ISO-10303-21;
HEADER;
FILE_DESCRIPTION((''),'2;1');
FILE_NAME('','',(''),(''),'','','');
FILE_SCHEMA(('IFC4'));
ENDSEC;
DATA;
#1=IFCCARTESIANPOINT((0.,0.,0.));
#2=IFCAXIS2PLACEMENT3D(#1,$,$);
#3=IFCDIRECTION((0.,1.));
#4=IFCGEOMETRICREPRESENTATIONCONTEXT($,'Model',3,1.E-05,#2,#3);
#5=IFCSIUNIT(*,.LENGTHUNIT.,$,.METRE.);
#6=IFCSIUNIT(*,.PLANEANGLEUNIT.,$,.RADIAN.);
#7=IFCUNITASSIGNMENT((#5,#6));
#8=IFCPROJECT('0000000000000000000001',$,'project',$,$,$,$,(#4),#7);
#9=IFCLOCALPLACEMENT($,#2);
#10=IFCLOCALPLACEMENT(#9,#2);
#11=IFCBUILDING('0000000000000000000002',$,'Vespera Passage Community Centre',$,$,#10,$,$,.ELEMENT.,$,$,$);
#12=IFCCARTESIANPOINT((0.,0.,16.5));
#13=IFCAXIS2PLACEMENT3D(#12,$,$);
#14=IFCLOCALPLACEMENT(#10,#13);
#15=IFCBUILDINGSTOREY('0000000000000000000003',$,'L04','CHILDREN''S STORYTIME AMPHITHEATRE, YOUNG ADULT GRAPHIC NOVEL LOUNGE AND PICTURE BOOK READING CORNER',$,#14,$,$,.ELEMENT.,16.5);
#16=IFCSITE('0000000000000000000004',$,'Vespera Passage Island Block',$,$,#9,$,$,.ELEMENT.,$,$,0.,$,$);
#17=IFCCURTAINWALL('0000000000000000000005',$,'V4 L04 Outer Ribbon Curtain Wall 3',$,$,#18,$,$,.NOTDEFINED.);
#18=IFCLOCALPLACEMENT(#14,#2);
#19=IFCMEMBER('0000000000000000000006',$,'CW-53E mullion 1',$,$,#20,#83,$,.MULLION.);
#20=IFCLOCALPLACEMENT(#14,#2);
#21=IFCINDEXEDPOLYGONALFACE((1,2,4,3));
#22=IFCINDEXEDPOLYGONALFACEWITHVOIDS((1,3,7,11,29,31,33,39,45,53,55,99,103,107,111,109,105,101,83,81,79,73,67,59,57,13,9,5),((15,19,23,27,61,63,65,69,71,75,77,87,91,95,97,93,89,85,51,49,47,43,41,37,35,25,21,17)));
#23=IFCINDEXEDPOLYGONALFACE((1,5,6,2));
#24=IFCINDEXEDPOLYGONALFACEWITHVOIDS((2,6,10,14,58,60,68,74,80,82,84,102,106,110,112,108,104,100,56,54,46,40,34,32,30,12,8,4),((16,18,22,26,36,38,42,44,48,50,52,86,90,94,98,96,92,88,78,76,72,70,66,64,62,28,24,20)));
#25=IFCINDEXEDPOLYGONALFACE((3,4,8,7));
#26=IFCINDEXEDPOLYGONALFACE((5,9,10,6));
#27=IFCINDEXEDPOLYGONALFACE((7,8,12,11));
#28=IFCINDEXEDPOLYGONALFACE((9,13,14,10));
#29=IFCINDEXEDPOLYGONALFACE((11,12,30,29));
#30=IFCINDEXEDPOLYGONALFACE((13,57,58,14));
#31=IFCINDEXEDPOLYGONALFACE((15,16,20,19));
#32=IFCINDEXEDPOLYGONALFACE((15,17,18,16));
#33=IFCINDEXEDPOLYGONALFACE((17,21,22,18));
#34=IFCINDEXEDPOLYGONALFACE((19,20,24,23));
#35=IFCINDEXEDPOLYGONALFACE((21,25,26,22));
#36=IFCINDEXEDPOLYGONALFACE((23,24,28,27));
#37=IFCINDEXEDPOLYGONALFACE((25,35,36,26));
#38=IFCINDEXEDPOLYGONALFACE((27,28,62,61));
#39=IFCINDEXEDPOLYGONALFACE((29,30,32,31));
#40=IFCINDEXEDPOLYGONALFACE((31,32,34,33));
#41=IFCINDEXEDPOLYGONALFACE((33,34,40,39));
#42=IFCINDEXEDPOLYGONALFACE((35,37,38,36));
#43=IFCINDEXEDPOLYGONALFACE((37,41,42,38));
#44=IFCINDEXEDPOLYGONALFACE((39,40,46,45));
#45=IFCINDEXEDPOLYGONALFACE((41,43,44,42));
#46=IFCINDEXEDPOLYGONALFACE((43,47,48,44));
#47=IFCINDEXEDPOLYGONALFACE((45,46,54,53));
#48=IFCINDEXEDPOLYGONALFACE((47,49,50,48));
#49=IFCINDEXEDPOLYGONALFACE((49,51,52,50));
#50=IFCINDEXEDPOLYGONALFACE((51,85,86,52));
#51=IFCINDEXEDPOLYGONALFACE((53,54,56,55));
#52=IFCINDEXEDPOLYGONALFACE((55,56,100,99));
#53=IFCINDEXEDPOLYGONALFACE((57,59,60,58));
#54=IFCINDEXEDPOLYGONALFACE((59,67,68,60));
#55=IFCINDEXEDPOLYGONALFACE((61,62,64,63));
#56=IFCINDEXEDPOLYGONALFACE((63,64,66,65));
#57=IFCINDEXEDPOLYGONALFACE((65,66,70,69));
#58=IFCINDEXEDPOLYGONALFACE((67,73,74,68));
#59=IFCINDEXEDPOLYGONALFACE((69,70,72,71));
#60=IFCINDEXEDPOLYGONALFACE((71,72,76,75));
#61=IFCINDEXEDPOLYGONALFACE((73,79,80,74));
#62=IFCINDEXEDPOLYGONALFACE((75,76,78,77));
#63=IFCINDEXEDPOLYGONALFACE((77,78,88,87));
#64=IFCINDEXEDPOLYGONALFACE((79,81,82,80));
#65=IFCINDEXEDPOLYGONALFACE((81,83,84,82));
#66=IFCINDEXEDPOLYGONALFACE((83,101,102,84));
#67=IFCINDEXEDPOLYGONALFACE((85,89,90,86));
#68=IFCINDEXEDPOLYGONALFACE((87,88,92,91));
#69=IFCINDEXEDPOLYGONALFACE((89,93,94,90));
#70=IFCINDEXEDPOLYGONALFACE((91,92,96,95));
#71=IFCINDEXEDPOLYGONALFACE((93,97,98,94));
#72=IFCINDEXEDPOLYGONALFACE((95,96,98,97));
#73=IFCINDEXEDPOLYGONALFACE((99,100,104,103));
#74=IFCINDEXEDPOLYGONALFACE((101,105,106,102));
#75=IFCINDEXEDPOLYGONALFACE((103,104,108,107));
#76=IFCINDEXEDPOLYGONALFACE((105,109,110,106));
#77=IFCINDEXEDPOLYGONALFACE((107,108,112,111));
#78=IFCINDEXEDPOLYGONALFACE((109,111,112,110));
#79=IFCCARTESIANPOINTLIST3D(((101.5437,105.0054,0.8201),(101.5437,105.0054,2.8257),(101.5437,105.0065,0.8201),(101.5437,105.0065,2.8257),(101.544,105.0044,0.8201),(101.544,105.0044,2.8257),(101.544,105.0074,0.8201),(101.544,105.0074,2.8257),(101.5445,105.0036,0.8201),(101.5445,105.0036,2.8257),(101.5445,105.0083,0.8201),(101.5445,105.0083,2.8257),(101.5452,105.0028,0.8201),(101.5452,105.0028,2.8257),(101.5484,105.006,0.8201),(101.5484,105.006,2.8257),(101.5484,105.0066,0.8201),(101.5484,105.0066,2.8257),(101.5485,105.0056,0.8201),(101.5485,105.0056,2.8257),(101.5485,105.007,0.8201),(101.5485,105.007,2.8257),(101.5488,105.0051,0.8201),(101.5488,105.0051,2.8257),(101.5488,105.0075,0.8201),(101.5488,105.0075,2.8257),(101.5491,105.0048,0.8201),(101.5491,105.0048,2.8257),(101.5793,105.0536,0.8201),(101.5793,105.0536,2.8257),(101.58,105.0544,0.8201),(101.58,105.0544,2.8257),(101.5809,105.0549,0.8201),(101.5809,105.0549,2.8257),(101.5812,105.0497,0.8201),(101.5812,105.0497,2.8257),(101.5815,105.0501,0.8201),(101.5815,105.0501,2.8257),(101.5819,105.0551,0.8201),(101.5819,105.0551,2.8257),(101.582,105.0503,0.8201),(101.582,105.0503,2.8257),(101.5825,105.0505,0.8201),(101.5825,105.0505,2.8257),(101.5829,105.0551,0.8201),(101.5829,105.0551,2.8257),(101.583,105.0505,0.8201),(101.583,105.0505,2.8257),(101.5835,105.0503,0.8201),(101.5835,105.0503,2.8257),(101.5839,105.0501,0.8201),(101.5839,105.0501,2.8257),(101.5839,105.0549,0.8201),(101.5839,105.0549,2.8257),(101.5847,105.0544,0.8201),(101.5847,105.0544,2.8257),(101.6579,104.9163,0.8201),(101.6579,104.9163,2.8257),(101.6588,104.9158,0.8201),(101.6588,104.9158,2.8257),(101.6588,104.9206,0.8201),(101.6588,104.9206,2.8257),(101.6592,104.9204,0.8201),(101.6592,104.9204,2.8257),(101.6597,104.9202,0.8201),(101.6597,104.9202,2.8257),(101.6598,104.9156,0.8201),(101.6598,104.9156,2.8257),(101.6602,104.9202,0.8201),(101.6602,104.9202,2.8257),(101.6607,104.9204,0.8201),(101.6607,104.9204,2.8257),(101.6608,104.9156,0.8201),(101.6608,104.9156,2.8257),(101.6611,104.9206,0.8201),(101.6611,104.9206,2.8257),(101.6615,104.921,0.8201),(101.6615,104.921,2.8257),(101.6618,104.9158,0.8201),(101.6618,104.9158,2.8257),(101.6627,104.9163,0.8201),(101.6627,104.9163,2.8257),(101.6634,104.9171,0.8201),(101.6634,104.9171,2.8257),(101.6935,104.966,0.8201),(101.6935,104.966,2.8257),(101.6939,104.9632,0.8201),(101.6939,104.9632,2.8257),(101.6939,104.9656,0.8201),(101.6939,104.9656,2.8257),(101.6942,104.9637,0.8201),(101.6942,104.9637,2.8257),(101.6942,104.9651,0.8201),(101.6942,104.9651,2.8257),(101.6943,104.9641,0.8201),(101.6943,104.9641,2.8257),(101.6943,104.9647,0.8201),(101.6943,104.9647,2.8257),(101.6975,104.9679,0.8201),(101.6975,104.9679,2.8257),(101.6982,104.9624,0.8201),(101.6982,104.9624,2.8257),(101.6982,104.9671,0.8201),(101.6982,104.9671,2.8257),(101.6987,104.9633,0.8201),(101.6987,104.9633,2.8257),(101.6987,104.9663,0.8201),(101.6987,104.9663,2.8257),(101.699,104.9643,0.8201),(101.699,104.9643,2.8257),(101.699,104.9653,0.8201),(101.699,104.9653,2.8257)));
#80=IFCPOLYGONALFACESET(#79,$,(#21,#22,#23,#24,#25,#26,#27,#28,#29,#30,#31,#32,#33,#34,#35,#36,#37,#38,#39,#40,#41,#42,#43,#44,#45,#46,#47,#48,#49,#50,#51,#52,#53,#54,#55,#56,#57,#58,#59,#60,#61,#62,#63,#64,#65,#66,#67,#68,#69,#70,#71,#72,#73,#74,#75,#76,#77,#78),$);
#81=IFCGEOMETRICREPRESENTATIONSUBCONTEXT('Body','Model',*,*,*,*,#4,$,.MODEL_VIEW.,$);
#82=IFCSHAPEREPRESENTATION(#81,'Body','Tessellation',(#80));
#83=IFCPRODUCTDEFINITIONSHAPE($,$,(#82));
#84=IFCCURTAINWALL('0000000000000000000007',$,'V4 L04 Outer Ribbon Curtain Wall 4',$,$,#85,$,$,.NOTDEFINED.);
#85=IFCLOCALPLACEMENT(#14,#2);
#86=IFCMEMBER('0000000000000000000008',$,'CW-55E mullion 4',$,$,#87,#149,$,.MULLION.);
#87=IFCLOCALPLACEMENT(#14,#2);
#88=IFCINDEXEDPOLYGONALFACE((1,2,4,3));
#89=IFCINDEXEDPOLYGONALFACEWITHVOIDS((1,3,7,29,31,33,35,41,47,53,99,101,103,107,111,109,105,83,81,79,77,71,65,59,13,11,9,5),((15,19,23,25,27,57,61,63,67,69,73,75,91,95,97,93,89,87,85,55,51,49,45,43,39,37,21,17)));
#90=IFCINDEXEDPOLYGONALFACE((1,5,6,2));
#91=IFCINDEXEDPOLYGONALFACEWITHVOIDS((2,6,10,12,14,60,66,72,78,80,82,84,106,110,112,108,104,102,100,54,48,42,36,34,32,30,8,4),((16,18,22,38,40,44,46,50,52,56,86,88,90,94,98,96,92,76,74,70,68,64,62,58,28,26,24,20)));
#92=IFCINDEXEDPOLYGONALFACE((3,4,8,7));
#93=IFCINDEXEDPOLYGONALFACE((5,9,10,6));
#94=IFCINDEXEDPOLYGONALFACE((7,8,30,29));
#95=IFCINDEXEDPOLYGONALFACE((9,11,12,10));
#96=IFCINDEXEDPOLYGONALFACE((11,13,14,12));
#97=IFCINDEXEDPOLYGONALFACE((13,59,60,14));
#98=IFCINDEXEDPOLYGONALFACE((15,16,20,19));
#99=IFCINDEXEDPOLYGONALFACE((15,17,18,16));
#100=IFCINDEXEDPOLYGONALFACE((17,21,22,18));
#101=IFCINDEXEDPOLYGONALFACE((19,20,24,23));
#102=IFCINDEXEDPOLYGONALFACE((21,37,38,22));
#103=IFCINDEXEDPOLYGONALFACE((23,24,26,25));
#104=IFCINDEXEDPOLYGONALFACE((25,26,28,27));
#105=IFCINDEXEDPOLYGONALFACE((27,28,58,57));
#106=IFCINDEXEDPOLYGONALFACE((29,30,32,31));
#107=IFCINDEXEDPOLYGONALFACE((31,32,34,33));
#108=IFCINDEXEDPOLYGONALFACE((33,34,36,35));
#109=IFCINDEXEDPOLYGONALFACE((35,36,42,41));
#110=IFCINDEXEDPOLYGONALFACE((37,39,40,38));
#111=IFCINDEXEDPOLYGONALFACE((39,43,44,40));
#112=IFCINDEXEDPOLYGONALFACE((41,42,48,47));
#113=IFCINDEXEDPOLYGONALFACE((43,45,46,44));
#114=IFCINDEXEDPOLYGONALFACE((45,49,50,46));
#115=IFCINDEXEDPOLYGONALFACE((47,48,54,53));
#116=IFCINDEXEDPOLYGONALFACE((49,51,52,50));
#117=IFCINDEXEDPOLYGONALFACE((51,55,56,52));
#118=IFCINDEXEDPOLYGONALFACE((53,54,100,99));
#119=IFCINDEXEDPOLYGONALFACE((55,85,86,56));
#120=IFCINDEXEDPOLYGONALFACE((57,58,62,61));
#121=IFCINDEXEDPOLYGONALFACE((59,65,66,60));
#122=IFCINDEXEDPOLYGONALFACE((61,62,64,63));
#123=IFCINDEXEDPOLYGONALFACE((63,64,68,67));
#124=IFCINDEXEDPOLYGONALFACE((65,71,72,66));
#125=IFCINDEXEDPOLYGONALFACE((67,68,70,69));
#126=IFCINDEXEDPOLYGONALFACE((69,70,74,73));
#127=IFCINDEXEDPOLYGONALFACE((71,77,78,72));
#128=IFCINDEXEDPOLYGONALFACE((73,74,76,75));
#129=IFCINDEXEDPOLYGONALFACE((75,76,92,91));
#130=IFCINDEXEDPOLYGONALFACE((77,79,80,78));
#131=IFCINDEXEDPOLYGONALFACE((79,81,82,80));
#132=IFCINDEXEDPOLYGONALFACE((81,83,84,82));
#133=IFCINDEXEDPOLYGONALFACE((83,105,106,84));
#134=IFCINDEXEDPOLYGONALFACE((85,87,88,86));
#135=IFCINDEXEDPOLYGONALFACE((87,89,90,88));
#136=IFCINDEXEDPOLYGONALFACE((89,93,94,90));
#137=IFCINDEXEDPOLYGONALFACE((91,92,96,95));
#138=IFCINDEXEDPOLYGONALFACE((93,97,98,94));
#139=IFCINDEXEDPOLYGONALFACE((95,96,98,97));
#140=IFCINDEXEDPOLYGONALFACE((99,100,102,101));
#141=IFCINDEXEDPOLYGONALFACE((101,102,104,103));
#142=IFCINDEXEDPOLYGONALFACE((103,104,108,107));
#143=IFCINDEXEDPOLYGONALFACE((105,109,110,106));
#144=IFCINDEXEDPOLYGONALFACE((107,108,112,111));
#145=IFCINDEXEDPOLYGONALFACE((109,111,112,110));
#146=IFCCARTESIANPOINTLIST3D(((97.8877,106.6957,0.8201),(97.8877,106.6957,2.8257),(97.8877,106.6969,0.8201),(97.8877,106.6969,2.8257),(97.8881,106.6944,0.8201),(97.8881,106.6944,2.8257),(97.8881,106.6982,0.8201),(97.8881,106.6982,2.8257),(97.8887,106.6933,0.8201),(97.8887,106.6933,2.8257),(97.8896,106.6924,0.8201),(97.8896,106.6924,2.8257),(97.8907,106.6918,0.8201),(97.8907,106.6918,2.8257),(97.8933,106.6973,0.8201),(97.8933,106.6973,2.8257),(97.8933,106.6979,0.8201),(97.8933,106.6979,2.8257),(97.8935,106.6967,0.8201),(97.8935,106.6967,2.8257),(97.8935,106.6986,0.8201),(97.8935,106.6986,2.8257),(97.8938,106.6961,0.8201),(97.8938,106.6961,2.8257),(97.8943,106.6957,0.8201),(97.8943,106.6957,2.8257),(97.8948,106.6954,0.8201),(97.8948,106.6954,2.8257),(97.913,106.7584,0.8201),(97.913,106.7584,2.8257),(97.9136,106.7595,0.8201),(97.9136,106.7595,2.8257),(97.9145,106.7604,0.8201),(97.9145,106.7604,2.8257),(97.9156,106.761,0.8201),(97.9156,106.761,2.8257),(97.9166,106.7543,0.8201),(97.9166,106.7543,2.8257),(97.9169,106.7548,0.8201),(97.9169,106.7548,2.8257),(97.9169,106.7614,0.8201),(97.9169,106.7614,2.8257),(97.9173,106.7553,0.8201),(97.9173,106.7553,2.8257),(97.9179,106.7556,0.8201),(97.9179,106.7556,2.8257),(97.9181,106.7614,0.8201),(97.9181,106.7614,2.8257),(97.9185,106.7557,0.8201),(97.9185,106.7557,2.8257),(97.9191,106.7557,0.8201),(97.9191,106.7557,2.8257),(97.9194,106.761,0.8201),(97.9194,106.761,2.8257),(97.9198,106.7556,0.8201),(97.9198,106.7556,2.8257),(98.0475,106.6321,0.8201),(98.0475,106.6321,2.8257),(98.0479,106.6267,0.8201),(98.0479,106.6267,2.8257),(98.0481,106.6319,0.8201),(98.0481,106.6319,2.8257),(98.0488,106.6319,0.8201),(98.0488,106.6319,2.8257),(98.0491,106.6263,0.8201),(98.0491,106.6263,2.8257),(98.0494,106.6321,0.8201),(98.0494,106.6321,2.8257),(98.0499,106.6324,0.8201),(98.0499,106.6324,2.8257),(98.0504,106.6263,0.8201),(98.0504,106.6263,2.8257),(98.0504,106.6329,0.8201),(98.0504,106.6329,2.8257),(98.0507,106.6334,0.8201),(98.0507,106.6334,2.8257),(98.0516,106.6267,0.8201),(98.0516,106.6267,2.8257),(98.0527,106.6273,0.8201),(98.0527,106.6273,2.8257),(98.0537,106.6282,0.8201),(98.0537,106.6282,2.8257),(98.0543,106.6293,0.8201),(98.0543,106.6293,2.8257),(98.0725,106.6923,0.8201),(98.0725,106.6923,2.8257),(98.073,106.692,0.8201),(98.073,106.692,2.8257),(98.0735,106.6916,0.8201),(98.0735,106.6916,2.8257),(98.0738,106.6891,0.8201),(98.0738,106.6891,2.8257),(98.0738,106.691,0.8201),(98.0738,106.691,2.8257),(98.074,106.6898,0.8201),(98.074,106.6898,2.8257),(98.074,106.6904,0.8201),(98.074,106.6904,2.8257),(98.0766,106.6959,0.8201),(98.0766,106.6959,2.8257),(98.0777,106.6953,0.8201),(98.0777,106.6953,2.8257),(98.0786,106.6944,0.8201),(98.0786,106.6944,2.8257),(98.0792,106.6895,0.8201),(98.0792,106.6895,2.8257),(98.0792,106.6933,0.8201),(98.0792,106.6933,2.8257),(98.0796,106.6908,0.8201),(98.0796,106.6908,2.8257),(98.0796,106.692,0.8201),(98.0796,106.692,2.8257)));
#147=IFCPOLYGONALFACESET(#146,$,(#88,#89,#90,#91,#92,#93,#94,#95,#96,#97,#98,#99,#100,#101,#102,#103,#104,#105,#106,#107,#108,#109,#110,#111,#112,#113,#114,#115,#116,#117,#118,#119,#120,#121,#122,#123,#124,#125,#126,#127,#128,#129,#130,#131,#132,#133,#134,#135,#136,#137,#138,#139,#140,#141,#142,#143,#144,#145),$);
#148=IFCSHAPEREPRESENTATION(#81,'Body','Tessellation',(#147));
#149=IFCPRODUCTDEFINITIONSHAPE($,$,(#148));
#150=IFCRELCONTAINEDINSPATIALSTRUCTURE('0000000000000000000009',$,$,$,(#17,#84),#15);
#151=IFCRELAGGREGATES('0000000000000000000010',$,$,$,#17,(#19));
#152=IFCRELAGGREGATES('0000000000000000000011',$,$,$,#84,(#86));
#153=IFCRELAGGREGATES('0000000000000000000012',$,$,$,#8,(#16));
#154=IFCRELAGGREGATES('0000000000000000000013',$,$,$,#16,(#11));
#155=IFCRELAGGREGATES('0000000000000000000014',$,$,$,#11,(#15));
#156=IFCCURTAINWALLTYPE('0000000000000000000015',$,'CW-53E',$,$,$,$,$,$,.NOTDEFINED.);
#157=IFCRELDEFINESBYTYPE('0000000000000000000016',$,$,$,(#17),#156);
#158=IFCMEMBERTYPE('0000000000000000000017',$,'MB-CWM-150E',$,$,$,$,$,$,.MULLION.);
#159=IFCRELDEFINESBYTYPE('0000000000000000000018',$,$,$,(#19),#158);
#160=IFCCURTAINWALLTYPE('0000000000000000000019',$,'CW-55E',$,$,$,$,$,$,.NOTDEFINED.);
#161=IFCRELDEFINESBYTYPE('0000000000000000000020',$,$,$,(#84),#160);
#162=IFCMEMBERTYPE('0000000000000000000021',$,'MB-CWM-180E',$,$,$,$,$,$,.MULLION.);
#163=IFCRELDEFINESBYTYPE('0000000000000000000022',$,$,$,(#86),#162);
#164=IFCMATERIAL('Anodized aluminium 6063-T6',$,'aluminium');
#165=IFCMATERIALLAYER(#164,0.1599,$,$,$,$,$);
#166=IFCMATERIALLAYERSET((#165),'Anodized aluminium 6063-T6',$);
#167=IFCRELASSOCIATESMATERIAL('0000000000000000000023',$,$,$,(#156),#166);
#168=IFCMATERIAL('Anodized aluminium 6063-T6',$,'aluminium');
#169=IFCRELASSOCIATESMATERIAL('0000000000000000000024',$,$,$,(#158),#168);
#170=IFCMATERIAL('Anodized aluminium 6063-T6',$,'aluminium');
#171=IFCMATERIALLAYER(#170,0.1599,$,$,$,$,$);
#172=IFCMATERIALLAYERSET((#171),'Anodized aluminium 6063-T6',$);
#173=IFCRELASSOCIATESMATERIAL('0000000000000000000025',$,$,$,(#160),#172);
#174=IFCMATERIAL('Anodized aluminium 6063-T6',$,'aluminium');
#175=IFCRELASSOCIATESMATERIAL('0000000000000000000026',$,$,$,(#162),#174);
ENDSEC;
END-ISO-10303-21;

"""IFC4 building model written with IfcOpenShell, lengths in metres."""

from ifc_helpers import new_model, si_unit, direction, frame, origin, origin_2d, place, context, subcontext, project, spatial, hollow_rectangle, extrude, material, layer, layer_set, material_profile, profile_set, type_object, element, aggregate, save


model = new_model("IFC4")

# Units and contexts
model_context = context("Model", 3, precision=1e-05, world=origin(), true_north=direction((0.0, 1.0)))
body_context = subcontext(model_context, "Body", "Model", "MODEL_VIEW")
ifc_project = project(units=[si_unit("LENGTHUNIT", "METRE"), si_unit("PLANEANGLEUNIT", "RADIAN")], contexts=[model_context])

# Site, building, storey
site_placement = place(None, origin())
site = spatial("IfcSite", under=ifc_project, at=site_placement, Name="Vespera Passage Island Block", CompositionType="ELEMENT", RefElevation=0.0)
building_placement = place(site_placement, origin())
building = spatial("IfcBuilding", under=site, at=building_placement, Name="Vespera Passage Community Centre", CompositionType="ELEMENT")
storey_placement = place(building_placement, frame((0.0, 0.0, 16.5)))
storey = spatial("IfcBuildingStorey", under=building, at=storey_placement, Name="L04", Description="CHILDREN'S STORYTIME AMPHITHEATRE, YOUNG ADULT GRAPHIC NOVEL LOUNGE AND PICTURE BOOK READING CORNER", CompositionType="ELEMENT", Elevation=16.5)

# Curtain wall, member
ifc_material_1 = material(Name="Anodized aluminium 6063-T6", Category="aluminium")
ifc_layer_1 = layer(ifc_material_1, 0.1599)
ifc_layer_set_1 = layer_set([ifc_layer_1], Name="Anodized aluminium 6063-T6")
curtain_wall_type_1 = type_object("IfcCurtainWallType", Name="CW-53E", PredefinedType="NOTDEFINED", material=ifc_layer_set_1)
curtain_wall_1_placement = place(storey_placement, origin())
curtain_wall_1 = element("IfcCurtainWall", 1, at=curtain_wall_1_placement, inside=storey, type_object=curtain_wall_type_1, Name="V4 L04 Outer Ribbon Curtain Wall 3", PredefinedType="NOTDEFINED")
ifc_material_2 = material(Name="Anodized aluminium 6063-T6", Category="aluminium")
ifc_material_profile_1 = material_profile(ifc_material_2, hollow_rectangle(XDim=0.0649, YDim=0.1499, WallThickness=0.0039, InnerFilletRadius=0.002, OuterFilletRadius=0.0039, at=origin_2d()), Name="ALU150X65X4")
ifc_profile_set_1 = profile_set([ifc_material_profile_1], Name="Anodized aluminium 6063-T6")
member_type_1 = type_object("IfcMemberType", Name="MB-CWM-150E", PredefinedType="MULLION", material=ifc_profile_set_1)
member_1_placement = place(storey_placement, frame((101.6213, 104.9854, 0.8201), z_axis=(0.0, 0.0, 1.0), x_axis=(0.608772, 0.793345, 0.0)))
member_1 = element("IfcMember", 2, at=member_1_placement, type_object=member_type_1, Name="CW-53E mullion 1", PredefinedType="MULLION", context=body_context, shape_type="SweptSolid", body=[
    extrude(hollow_rectangle(XDim=0.0649, YDim=0.1499, WallThickness=0.0039, InnerFilletRadius=0.002, OuterFilletRadius=0.0039, at=origin_2d()), origin(), (0.0, 0.0, 1.0), 2.0056),
])

# Curtain wall, member
ifc_material_3 = material(Name="Anodized aluminium 6063-T6", Category="aluminium")
ifc_layer_2 = layer(ifc_material_3, 0.1599)
ifc_layer_set_2 = layer_set([ifc_layer_2], Name="Anodized aluminium 6063-T6")
curtain_wall_type_2 = type_object("IfcCurtainWallType", Name="CW-55E", PredefinedType="NOTDEFINED", material=ifc_layer_set_2)
curtain_wall_2_placement = place(storey_placement, origin())
curtain_wall_2 = element("IfcCurtainWall", 3, at=curtain_wall_2_placement, inside=storey, type_object=curtain_wall_type_2, Name="V4 L04 Outer Ribbon Curtain Wall 4", PredefinedType="NOTDEFINED")
ifc_material_4 = material(Name="Anodized aluminium 6063-T6", Category="aluminium")
ifc_material_profile_2 = material_profile(ifc_material_4, hollow_rectangle(XDim=0.075, YDim=0.1799, WallThickness=0.0049, InnerFilletRadius=0.0024, OuterFilletRadius=0.0049, at=origin_2d()), Name="ALU180X75X5")
ifc_profile_set_2 = profile_set([ifc_material_profile_2], Name="Anodized aluminium 6063-T6")
member_type_2 = type_object("IfcMemberType", Name="MB-CWM-180E", PredefinedType="MULLION", material=ifc_profile_set_2)
member_2_placement = place(storey_placement, frame((97.9836, 106.6938, 0.8201), z_axis=(0.0, 0.0, 1.0), x_axis=(0.382683, 0.92388, 0.0)))
member_2 = element("IfcMember", 4, at=member_2_placement, type_object=member_type_2, Name="CW-55E mullion 4", PredefinedType="MULLION", context=body_context, shape_type="SweptSolid", body=[
    extrude(hollow_rectangle(XDim=0.075, YDim=0.1799, WallThickness=0.0049, InnerFilletRadius=0.0024, OuterFilletRadius=0.0049, at=origin_2d()), origin(), (0.0, 0.0, 1.0), 2.0056),
])

aggregate(curtain_wall_1, [member_1])
aggregate(curtain_wall_2, [member_2])

save(model, "model.ifc")
